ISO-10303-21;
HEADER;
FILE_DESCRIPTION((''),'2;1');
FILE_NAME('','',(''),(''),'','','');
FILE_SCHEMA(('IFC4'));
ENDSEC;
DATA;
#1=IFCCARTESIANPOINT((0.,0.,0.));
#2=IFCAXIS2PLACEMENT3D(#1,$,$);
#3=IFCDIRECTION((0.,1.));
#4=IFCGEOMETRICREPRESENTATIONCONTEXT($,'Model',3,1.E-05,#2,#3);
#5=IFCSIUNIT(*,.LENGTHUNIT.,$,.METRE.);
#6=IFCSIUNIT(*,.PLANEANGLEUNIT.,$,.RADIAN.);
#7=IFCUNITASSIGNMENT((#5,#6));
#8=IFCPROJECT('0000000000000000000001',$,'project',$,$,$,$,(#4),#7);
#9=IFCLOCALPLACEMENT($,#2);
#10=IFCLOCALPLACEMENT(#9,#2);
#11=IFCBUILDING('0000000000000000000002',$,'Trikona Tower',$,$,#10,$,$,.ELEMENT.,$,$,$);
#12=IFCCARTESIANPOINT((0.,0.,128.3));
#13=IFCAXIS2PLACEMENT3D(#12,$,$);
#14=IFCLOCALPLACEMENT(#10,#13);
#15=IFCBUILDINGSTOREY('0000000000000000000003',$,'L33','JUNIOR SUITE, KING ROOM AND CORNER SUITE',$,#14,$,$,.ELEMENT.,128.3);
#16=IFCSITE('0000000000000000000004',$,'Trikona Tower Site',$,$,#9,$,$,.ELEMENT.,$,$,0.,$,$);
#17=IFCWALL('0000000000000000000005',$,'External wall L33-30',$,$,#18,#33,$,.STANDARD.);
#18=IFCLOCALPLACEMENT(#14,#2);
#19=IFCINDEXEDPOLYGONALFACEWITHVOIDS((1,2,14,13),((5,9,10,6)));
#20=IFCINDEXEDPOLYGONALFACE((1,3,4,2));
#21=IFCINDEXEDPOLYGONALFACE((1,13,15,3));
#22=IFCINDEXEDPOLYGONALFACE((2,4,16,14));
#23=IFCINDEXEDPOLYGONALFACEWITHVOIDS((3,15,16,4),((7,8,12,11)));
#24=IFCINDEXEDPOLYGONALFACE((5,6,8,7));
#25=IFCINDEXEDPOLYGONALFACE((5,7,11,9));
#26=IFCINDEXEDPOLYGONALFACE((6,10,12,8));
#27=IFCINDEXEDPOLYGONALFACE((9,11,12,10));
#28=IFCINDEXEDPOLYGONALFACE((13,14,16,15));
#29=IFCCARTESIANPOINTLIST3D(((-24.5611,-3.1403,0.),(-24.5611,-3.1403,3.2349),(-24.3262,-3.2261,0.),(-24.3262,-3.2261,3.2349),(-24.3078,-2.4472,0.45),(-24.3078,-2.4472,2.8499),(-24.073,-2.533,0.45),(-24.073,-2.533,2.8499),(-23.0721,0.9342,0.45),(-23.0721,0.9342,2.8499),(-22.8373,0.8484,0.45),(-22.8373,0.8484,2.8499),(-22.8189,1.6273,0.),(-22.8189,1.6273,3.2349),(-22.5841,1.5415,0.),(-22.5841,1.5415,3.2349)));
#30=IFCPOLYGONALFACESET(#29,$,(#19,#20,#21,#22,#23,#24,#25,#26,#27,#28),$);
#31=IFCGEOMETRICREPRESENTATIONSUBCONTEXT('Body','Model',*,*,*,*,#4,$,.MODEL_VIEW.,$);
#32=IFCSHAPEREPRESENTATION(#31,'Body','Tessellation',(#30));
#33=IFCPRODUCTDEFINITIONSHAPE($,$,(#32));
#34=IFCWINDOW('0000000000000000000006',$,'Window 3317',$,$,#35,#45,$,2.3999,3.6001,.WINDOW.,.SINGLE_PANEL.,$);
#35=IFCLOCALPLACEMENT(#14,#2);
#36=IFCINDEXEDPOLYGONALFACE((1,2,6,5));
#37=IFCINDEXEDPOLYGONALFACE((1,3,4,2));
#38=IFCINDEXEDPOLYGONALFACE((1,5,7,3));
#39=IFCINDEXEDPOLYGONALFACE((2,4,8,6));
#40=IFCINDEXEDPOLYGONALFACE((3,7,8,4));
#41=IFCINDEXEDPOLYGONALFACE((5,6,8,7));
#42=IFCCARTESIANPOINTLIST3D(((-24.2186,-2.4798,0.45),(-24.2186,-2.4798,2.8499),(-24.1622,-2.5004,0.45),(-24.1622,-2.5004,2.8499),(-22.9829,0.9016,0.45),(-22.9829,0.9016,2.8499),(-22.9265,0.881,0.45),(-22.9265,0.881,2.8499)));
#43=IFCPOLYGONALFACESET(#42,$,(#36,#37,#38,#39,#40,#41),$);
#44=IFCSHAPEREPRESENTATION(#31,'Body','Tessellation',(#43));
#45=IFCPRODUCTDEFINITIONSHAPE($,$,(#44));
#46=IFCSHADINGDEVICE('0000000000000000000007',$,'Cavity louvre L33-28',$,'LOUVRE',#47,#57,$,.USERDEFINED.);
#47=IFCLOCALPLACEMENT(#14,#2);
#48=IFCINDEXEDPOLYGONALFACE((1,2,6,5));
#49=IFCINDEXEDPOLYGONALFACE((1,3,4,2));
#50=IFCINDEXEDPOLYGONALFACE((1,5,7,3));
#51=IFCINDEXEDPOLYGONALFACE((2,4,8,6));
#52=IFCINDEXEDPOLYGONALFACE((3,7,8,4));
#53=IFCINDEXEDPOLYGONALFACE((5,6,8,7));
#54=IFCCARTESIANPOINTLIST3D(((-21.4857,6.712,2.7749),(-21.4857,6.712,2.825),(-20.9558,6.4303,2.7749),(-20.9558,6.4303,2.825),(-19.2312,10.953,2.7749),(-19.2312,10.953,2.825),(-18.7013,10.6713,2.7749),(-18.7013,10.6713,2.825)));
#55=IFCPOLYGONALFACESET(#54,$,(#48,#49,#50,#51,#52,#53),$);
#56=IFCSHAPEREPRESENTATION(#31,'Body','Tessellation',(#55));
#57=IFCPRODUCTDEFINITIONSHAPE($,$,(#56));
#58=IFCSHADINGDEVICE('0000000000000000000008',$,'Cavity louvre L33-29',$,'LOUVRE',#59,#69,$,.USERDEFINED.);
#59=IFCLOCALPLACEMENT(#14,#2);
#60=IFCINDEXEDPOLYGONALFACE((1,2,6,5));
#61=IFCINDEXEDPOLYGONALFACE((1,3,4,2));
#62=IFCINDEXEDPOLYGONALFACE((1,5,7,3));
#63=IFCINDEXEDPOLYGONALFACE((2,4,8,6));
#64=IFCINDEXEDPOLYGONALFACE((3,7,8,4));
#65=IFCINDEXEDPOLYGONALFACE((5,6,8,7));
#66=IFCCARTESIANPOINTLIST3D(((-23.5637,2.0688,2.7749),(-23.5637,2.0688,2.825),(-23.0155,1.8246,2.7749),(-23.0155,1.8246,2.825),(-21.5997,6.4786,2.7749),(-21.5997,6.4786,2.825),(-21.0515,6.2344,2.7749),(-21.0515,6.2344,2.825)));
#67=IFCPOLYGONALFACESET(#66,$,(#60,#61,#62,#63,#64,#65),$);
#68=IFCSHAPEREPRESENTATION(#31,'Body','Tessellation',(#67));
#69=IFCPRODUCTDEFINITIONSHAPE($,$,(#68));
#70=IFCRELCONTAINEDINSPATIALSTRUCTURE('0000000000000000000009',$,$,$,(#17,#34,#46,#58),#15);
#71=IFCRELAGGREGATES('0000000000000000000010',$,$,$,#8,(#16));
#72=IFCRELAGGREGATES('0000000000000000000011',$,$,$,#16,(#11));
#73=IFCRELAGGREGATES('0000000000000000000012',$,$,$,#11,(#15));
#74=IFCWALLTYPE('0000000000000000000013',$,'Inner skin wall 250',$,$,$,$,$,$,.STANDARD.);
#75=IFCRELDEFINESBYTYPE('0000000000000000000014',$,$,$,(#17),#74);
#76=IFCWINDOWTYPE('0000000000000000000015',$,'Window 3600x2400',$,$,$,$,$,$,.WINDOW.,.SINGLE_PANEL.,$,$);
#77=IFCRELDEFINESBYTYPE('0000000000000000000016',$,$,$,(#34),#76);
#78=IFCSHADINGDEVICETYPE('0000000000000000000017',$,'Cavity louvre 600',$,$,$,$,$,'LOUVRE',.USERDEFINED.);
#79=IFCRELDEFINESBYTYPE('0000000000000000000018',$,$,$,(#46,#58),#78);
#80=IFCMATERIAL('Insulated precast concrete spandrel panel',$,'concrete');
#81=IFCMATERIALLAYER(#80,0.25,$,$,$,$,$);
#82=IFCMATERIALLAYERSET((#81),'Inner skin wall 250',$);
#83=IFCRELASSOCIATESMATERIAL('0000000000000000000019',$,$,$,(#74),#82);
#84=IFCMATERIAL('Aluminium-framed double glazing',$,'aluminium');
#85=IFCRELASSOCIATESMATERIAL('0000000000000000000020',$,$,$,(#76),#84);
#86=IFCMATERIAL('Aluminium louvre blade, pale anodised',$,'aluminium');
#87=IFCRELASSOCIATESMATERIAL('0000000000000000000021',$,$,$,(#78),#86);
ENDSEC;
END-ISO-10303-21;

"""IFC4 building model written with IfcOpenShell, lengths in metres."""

from ifc_helpers import new_model, si_unit, direction, frame, frame_2d, origin, origin_2d, place, context, subcontext, project, spatial, rectangle, extrude, material, layer, layer_set, type_object, element, fill, save


model = new_model("IFC4")

# Units and contexts
model_context = context("Model", 3, precision=1e-05, world=origin(), true_north=direction((0.0, 1.0)))
body_context = subcontext(model_context, "Body", "Model", "MODEL_VIEW")
ifc_project = project(units=[si_unit("LENGTHUNIT", "METRE"), si_unit("PLANEANGLEUNIT", "RADIAN")], contexts=[model_context])

# Site, building, storey
site_placement = place(None, origin())
site = spatial("IfcSite", under=ifc_project, at=site_placement, Name="Trikona Tower Site", CompositionType="ELEMENT", RefElevation=0.0)
building_placement = place(site_placement, origin())
building = spatial("IfcBuilding", under=site, at=building_placement, Name="Trikona Tower", CompositionType="ELEMENT")
storey_placement = place(building_placement, frame((0.0, 0.0, 128.3)))
storey = spatial("IfcBuildingStorey", under=building, at=storey_placement, Name="L33", Description="JUNIOR SUITE, KING ROOM AND CORNER SUITE", CompositionType="ELEMENT", Elevation=128.3)

# Wall, opening, window
ifc_material_1 = material(Name="Insulated precast concrete spandrel panel", Category="concrete")
ifc_layer_1 = layer(ifc_material_1, 0.25)
ifc_layer_set_1 = layer_set([ifc_layer_1], Name="Inner skin wall 250")
wall_type = type_object("IfcWallType", Name="Inner skin wall 250", PredefinedType="STANDARD", material=ifc_layer_set_1)
ifc_material_2 = material(Name="Aluminium-framed double glazing", Category="aluminium")
window_type = type_object("IfcWindowType", Name="Window 3600x2400", PartitioningType="SINGLE_PANEL", PredefinedType="WINDOW", material=ifc_material_2)
wall_1_placement = place(storey_placement, frame((-22.7014, 1.5845, 0.0), z_axis=(0.0, 0.0, 1.0), x_axis=(-0.343226, -0.939253, 0.0)))
wall_1 = element("IfcWall", 1, at=wall_1_placement, inside=storey, type_object=wall_type, Name="External wall L33-30", PredefinedType="STANDARD", context=body_context, shape_type="SweptSolid", body=[
    extrude(rectangle(XDim=5.0759, YDim=0.25, at=frame_2d((2.5381, 0.0))), origin(), (0.0, 0.0, 1.0), 3.2349),
])
opening_1_placement = place(wall_1_placement, frame((0.738, 0.0, 0.45)))
opening_1 = element("IfcOpeningElement", 2, at=opening_1_placement, cuts=wall_1, PredefinedType="OPENING", context=body_context, shape_type="SweptSolid", body=[
    extrude(rectangle(XDim=3.6001, YDim=2.3999, at=frame_2d((1.8, 1.2))), frame((0.0, 0.135, 0.0), z_axis=(0.0, -1.0, 0.0), x_axis=(1.0, 0.0, 0.0)), (0.0, 0.0, 1.0), 0.27),
])
window_1_placement = place(opening_1_placement, origin())
window_1 = element("IfcWindow", 3, at=window_1_placement, inside=storey, type_object=window_type, Name="Window 3317", OverallHeight=2.3999, OverallWidth=3.6001, PartitioningType="SINGLE_PANEL", PredefinedType="WINDOW", context=body_context, shape_type="SweptSolid", body=[
    extrude(rectangle(XDim=3.6001, YDim=2.3999, at=frame_2d((1.8, 1.2))), frame((0.0, 0.03, 0.0), z_axis=(0.0, -1.0, 0.0), x_axis=(1.0, 0.0, 0.0)), (0.0, 0.0, 1.0), 0.0601),
])
fill(opening_1, window_1)

# Shading devices
ifc_material_3 = material(Name="Aluminium louvre blade, pale anodised", Category="aluminium")
shading_device_type = type_object("IfcShadingDeviceType", Name="Cavity louvre 600", ElementType="LOUVRE", PredefinedType="USERDEFINED", material=ifc_material_3)
shading_device_1_placement = place(storey_placement, frame((-20.0935, 8.6917, 2.7749), z_axis=(0.0, 0.0, 1.0), x_axis=(-0.469398, -0.882987, 0.0)))
element("IfcShadingDevice", 4, at=shading_device_1_placement, inside=storey, type_object=shading_device_type, Name="Cavity louvre L33-28", ObjectType="LOUVRE", PredefinedType="USERDEFINED", context=body_context, shape_type="SweptSolid", body=[
    extrude(rectangle(XDim=4.803, YDim=0.6001, at=origin_2d()), origin(), (0.0, 0.0, 1.0), 0.05),
])
shading_device_2_placement = place(storey_placement, frame((-22.3076, 4.1516, 2.7749), z_axis=(0.0, 0.0, 1.0), x_axis=(-0.406843, -0.913498, 0.0)))
element("IfcShadingDevice", 5, at=shading_device_2_placement, inside=storey, type_object=shading_device_type, Name="Cavity louvre L33-29", ObjectType="LOUVRE", PredefinedType="USERDEFINED", context=body_context, shape_type="SweptSolid", body=[
    extrude(rectangle(XDim=4.8274, YDim=0.6001, at=origin_2d()), origin(), (0.0, 0.0, 1.0), 0.05),
])

save(model, "model.ifc")
